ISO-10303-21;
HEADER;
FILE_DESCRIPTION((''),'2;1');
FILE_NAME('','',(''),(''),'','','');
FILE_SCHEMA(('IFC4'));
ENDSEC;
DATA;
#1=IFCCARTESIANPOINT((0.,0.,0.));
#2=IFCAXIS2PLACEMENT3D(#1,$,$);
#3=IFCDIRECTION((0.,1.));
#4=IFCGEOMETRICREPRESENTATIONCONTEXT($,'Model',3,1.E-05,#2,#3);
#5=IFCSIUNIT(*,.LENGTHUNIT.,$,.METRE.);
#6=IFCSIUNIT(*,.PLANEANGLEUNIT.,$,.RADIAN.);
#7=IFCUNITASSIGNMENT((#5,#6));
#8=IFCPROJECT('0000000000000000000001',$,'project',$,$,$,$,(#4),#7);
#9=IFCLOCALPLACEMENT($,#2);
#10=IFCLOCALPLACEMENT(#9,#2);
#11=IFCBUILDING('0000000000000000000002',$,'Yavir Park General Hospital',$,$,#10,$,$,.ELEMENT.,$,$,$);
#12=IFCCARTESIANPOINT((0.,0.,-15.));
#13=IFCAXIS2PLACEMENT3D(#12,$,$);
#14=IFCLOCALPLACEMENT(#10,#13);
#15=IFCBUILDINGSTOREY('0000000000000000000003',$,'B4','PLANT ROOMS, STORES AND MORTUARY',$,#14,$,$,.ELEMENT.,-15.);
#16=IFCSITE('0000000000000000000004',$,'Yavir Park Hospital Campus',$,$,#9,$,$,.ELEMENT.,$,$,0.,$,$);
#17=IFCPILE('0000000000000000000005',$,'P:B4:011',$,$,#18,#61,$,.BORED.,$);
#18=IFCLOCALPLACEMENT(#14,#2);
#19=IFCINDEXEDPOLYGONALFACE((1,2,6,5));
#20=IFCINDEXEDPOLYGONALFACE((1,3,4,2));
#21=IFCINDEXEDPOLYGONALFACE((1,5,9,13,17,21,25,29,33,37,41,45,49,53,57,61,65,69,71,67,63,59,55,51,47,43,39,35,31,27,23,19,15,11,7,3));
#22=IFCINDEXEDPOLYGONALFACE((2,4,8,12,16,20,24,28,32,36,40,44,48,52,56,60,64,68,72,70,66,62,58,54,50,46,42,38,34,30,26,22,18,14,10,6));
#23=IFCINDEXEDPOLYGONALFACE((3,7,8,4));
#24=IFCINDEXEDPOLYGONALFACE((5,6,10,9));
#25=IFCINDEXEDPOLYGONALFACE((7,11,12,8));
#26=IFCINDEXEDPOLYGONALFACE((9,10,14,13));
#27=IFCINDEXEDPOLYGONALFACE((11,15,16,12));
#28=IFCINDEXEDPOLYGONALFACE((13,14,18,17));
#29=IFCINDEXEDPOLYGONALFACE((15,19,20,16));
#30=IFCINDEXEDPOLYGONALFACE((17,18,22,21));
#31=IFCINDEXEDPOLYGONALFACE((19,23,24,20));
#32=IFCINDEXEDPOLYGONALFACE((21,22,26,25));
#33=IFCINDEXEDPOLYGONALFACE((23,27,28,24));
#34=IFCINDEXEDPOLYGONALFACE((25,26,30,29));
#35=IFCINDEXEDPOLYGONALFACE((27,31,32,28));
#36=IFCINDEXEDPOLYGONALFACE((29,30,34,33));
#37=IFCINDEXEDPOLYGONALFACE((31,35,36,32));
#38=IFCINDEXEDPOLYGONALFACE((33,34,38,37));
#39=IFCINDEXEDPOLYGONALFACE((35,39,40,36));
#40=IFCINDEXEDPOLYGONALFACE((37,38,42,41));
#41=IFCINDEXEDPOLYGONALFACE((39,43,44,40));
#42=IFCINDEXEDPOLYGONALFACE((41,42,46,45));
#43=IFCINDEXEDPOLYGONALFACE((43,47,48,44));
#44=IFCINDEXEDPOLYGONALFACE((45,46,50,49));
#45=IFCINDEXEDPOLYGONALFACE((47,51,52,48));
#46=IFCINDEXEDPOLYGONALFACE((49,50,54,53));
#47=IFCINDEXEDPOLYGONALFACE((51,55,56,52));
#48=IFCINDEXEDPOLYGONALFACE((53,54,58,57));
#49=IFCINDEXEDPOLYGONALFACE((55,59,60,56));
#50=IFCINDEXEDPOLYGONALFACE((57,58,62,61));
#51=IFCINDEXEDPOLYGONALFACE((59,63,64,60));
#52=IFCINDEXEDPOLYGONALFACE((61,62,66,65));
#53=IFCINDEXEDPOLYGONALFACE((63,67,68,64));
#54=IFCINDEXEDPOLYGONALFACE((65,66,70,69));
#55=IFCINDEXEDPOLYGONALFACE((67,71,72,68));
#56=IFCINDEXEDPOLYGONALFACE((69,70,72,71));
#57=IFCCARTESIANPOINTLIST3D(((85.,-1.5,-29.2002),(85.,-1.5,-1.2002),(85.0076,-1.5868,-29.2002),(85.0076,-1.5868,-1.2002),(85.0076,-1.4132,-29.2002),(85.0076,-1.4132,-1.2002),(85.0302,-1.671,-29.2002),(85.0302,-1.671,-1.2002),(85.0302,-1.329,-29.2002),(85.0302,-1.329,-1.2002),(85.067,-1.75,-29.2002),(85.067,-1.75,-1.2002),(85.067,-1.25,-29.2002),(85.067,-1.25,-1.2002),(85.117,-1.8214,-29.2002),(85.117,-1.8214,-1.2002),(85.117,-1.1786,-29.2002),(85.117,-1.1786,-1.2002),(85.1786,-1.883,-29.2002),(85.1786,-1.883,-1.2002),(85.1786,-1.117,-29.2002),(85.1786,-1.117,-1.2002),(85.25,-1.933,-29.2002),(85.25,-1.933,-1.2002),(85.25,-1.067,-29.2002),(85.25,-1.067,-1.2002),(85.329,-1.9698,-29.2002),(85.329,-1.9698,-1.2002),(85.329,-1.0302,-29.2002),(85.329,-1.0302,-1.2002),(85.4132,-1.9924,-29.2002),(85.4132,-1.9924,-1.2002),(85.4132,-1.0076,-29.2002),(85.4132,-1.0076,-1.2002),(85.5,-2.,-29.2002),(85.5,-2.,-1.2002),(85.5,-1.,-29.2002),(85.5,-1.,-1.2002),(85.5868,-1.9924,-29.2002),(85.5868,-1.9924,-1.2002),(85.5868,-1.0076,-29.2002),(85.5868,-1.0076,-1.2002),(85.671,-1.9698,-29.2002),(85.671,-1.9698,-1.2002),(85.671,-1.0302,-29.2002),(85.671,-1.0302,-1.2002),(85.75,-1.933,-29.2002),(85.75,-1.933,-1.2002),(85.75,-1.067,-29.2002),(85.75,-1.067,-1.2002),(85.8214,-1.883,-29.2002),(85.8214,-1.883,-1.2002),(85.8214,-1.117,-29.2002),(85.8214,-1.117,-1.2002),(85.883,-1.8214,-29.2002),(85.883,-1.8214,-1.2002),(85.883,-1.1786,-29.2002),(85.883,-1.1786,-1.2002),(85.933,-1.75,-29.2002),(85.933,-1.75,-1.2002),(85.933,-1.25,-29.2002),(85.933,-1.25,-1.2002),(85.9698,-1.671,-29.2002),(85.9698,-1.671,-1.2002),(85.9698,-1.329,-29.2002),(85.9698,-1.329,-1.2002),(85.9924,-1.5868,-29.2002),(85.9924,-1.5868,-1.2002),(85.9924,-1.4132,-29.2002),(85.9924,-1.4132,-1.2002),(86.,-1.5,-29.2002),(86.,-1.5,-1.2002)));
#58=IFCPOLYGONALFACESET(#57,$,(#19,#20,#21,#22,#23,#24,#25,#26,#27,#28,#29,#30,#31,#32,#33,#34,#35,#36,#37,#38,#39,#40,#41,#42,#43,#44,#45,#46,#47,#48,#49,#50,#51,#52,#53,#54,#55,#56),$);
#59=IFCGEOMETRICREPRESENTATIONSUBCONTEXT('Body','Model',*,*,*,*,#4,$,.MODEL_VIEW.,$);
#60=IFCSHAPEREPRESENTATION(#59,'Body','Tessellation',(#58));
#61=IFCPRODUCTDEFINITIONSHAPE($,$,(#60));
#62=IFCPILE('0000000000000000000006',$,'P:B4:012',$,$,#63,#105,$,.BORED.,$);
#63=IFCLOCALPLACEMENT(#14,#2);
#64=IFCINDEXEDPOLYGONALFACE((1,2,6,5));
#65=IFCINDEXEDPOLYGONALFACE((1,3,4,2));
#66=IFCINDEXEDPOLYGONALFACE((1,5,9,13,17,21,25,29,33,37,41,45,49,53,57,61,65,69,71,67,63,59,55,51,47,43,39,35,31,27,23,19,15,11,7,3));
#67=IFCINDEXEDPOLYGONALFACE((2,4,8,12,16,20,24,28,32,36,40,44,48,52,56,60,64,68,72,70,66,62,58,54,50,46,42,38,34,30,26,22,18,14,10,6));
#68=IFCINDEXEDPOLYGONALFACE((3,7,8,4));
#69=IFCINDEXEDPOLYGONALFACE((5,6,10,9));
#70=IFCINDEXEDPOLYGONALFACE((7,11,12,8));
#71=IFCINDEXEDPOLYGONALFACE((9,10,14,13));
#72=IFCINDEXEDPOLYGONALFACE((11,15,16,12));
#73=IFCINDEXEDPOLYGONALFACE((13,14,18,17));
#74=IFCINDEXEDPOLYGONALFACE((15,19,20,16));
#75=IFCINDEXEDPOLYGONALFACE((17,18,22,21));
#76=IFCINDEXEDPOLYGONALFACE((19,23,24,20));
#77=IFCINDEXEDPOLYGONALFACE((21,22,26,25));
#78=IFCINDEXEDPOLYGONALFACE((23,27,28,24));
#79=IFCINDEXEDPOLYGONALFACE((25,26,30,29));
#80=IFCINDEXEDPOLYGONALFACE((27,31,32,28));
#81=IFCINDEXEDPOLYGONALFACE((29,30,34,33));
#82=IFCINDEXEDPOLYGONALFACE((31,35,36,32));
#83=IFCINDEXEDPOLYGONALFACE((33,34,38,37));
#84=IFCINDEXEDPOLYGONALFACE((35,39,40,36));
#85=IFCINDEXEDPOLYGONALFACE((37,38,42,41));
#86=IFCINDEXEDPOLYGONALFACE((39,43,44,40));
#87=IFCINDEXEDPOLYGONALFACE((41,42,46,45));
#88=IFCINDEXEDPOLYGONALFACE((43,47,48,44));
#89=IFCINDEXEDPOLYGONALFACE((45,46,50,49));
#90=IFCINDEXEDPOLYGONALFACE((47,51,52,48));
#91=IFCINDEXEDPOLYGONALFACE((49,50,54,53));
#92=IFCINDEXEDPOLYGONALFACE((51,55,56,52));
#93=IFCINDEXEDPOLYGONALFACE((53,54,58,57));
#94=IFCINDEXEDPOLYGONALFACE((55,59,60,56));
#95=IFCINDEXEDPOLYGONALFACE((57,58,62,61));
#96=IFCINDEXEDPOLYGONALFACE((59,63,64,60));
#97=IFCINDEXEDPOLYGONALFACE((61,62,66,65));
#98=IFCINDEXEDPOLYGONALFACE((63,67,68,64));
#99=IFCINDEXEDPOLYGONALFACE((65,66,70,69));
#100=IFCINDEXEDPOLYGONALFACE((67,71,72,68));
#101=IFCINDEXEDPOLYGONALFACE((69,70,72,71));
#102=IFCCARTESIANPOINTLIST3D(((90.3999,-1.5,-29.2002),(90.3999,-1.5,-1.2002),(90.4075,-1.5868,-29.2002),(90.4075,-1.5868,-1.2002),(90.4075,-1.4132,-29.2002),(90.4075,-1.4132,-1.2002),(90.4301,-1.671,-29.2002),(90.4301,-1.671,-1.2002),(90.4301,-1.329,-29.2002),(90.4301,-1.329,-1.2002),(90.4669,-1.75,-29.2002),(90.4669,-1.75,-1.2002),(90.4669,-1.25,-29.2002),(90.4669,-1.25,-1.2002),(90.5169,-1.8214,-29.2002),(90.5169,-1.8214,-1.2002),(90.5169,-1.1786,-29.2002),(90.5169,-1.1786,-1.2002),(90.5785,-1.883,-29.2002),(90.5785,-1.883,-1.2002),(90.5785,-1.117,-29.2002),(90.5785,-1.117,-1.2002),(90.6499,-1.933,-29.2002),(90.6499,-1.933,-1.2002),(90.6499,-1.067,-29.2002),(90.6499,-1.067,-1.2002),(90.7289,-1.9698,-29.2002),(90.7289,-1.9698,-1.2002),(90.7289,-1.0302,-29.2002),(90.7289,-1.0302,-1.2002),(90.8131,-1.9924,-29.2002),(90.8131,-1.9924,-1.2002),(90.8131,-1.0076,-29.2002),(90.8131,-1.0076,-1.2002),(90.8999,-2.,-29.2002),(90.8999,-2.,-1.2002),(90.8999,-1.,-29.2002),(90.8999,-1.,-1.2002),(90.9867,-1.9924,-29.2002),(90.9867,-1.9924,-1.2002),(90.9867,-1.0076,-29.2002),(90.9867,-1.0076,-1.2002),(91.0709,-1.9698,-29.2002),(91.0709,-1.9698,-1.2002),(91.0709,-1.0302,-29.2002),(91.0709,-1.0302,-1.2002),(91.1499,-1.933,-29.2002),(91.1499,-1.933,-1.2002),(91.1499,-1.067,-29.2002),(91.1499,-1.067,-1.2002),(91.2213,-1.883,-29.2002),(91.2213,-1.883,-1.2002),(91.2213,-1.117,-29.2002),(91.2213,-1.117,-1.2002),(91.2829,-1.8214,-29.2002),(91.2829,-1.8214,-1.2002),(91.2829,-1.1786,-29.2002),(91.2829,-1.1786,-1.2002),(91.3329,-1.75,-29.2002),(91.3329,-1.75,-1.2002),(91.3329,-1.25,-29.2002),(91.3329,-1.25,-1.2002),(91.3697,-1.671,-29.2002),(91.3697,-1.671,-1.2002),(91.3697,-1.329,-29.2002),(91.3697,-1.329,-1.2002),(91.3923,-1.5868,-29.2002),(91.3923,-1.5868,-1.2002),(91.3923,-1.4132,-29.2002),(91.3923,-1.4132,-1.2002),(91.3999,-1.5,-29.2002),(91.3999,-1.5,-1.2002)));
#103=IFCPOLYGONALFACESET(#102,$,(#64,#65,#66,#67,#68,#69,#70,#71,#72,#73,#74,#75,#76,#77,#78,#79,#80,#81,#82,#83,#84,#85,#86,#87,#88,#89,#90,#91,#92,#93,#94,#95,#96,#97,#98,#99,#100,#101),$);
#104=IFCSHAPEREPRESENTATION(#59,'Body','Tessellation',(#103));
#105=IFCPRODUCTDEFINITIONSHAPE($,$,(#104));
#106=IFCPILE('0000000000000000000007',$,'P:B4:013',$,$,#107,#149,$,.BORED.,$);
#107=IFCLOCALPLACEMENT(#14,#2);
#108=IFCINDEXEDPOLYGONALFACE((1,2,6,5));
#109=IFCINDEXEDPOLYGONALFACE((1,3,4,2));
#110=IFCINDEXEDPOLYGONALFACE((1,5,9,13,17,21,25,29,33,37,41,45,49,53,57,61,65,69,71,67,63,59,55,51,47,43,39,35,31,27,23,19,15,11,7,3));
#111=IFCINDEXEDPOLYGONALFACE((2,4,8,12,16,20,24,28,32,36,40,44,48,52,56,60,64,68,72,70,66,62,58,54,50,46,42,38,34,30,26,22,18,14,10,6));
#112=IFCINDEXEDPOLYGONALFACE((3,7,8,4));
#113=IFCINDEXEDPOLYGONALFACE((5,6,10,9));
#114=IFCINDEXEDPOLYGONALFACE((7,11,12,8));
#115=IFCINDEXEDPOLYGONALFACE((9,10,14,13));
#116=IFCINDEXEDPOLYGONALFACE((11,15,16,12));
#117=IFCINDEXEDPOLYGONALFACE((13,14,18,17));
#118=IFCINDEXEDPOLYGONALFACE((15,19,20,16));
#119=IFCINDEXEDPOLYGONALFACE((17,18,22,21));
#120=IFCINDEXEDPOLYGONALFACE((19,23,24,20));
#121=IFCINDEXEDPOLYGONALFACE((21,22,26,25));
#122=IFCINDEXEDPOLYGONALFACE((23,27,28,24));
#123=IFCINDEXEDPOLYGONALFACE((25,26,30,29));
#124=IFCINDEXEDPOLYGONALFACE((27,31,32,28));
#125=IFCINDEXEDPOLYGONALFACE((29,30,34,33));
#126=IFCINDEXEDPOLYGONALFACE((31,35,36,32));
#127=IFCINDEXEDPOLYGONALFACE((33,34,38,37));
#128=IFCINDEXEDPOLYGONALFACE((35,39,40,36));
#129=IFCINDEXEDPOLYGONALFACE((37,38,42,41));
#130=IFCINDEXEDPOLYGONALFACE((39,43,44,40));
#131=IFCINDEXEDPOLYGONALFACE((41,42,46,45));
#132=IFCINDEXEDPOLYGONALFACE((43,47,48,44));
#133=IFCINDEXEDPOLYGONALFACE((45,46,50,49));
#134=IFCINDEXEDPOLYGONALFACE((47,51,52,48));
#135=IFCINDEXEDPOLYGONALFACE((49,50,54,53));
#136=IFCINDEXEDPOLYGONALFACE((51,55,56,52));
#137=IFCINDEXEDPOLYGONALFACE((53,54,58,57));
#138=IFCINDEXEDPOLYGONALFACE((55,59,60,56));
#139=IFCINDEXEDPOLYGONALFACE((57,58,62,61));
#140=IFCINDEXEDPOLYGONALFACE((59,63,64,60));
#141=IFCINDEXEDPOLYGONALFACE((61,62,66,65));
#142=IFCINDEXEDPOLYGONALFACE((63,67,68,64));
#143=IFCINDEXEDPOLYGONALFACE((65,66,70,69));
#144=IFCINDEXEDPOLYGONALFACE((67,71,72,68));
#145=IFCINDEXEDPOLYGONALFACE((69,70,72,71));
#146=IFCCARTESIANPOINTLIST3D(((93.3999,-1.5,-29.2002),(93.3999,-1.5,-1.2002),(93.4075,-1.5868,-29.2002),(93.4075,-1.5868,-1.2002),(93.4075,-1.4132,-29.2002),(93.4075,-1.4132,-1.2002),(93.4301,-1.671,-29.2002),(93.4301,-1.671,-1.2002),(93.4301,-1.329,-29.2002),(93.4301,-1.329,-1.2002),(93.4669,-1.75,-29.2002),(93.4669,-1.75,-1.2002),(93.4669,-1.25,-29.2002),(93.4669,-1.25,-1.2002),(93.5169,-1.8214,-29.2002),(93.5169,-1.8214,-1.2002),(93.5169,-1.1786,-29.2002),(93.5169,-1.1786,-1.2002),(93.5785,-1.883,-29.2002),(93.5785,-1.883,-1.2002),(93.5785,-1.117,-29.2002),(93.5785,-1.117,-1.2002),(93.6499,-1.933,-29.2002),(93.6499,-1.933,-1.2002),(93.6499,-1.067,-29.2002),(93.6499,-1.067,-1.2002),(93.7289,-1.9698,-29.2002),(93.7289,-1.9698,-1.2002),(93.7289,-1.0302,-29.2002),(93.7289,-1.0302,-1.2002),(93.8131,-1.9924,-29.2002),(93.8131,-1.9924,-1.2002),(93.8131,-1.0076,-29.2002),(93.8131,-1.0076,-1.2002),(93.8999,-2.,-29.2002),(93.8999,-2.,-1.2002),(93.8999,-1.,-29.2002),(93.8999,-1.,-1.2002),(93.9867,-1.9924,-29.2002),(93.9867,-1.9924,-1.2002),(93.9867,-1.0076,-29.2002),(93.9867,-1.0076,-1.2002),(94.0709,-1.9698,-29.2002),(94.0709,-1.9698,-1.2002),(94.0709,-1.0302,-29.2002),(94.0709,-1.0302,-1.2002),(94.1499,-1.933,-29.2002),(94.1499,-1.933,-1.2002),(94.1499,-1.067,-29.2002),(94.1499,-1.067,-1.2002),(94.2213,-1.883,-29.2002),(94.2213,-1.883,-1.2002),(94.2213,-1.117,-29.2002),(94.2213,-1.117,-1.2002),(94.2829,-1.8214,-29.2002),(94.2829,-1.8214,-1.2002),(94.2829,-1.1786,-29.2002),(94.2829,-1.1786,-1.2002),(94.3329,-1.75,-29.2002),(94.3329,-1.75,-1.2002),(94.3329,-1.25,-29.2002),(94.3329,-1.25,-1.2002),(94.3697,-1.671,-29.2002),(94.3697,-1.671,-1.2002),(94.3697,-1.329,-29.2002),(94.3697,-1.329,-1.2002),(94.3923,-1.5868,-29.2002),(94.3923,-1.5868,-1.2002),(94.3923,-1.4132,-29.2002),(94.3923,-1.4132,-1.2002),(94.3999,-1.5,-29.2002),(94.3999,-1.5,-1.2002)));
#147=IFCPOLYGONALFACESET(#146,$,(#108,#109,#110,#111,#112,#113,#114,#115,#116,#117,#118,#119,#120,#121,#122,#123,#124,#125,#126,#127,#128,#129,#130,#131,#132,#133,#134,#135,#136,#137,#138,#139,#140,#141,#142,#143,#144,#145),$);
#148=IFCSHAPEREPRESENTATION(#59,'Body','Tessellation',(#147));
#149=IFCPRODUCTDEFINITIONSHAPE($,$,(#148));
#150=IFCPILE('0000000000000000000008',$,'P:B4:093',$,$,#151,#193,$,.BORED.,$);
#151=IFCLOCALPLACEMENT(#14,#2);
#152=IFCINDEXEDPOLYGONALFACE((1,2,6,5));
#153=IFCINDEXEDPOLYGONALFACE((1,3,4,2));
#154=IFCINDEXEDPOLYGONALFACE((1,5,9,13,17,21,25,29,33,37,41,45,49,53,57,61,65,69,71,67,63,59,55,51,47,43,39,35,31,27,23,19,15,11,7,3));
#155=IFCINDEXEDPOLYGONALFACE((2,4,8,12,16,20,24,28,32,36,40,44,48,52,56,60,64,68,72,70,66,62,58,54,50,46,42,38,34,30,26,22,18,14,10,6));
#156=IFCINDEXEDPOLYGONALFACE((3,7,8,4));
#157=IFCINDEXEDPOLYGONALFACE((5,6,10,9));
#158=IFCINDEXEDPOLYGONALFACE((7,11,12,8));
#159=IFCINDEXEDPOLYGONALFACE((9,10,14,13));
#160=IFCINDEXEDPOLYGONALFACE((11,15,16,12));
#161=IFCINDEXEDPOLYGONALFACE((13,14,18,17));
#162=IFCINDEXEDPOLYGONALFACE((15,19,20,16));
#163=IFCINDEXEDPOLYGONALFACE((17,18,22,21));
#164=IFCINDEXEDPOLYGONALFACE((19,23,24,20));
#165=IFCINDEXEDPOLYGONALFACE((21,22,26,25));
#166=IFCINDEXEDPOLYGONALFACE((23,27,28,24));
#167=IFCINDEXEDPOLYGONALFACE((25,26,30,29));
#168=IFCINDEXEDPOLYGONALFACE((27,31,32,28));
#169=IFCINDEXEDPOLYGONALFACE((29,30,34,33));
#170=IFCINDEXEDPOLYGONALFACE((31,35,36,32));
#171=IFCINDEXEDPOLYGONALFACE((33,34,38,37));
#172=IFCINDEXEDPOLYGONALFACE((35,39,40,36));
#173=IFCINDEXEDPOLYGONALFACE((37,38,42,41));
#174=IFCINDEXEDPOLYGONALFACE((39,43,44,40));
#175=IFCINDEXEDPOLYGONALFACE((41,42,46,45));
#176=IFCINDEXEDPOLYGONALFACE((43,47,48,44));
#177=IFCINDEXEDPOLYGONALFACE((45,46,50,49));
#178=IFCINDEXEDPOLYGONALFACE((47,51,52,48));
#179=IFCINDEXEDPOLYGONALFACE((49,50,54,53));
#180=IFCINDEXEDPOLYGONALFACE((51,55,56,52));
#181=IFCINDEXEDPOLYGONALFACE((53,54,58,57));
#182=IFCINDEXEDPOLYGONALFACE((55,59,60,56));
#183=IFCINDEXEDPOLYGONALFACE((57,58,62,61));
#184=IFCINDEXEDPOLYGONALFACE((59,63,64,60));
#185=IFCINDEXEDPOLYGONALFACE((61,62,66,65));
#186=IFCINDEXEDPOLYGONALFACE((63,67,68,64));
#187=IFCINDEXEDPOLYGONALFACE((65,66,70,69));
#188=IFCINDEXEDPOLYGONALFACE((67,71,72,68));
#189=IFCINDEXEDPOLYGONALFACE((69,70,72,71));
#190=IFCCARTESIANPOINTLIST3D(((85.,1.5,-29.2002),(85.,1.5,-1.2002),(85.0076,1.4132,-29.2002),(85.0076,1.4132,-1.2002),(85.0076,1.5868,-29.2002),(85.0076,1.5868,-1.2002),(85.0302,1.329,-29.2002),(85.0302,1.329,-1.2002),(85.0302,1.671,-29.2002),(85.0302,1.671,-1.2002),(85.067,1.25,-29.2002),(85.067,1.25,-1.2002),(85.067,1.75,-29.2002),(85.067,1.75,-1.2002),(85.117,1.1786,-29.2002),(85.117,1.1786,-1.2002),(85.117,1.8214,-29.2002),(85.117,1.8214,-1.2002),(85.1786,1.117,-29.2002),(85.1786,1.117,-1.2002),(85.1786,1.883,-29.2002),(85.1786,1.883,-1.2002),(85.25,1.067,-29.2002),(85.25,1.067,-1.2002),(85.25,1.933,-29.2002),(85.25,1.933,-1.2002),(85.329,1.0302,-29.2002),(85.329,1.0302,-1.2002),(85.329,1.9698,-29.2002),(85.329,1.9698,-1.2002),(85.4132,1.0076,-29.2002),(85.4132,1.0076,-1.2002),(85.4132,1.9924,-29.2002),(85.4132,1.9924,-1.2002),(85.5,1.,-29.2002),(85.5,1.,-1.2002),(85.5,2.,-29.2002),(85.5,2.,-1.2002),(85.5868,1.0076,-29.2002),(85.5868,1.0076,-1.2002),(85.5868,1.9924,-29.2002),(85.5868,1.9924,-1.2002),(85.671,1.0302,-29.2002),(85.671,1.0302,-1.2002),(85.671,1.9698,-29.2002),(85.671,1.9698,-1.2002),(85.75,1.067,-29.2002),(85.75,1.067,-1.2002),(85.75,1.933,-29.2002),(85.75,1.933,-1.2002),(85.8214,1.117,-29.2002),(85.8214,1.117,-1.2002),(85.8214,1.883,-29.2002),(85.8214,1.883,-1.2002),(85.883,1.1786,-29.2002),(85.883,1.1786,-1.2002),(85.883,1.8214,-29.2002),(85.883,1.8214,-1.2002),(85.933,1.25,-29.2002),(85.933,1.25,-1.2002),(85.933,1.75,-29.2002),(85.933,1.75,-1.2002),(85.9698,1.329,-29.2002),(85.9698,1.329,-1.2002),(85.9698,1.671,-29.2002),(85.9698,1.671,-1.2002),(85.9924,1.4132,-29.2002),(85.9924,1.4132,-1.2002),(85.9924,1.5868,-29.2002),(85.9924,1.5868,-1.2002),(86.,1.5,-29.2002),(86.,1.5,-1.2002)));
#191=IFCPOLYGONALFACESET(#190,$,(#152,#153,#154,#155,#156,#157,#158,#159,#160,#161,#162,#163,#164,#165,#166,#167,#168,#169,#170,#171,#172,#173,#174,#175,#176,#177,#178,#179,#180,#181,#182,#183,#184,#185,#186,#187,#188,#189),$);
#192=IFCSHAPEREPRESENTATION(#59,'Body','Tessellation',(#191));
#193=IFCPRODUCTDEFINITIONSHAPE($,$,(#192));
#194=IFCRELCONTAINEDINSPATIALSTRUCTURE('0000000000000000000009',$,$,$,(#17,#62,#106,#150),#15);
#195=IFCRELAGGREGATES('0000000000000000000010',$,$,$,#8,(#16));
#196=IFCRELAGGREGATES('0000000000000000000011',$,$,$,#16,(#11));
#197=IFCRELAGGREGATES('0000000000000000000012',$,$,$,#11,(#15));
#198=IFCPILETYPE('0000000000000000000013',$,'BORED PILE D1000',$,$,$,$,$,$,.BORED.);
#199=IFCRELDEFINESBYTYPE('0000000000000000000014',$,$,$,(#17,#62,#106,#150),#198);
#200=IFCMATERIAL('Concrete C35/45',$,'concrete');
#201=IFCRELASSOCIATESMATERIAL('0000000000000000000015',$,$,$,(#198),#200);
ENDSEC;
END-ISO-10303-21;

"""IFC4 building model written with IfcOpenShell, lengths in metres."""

from ifc_helpers import new_model, si_unit, direction, frame, origin, origin_2d, place, context, subcontext, project, spatial, circle, extrude, material, material_profile, profile_set, type_object, element, save


model = new_model("IFC4")

# Units and contexts
model_context = context("Model", 3, precision=1e-05, world=origin(), true_north=direction((0.0, 1.0)))
body_context = subcontext(model_context, "Body", "Model", "MODEL_VIEW")
ifc_project = project(units=[si_unit("LENGTHUNIT", "METRE"), si_unit("PLANEANGLEUNIT", "RADIAN")], contexts=[model_context])

# Site, building, storey
site_placement = place(None, origin())
site = spatial("IfcSite", under=ifc_project, at=site_placement, Name="Yavir Park Hospital Campus", CompositionType="ELEMENT", RefElevation=0.0)
building_placement = place(site_placement, origin())
building = spatial("IfcBuilding", under=site, at=building_placement, Name="Yavir Park General Hospital", CompositionType="ELEMENT")
storey_placement = place(building_placement, frame((0.0, 0.0, -15.0)))
storey = spatial("IfcBuildingStorey", under=building, at=storey_placement, Name="B4", Description="PLANT ROOMS, STORES AND MORTUARY", CompositionType="ELEMENT", Elevation=-15.0)

# Piles
ifc_material_1 = material(Name="Concrete C35/45", Category="concrete")
ifc_material_profile_1 = material_profile(ifc_material_1, circle(Radius=0.5, at=origin_2d()), Name="D1000")
ifc_profile_set_1 = profile_set([ifc_material_profile_1], Name="Concrete C35/45")
pile_type_1 = type_object("IfcPileType", Name="BORED PILE D1000", PredefinedType="BORED", material=ifc_profile_set_1)
for number, where, z_axis, x_axis, name in (
    (1, (85.5, -1.5, -1.2002), (0.0, 0.0, -1.0), (1.0, 0.0, 0.0), "P:B4:011"),
    (2, (90.8999, -1.5, -1.2002), (0.0, 0.0, -1.0), (1.0, 0.0, 0.0), "P:B4:012"),
    (3, (93.8999, -1.5, -1.2002), (0.0, 0.0, -1.0), (1.0, 0.0, 0.0), "P:B4:013"),
    (4, (85.5, 1.5, -1.2002), (0.0, 0.0, -1.0), (1.0, 0.0, 0.0), "P:B4:093"),
):
    element("IfcPile", number, at=place(storey_placement, frame(where, z_axis=z_axis, x_axis=x_axis)), inside=storey, type_object=pile_type_1, Name=name, PredefinedType="BORED", context=body_context, shape_type="SweptSolid", body=[
        extrude(circle(Radius=0.5, at=origin_2d()), origin(), (0.0, 0.0, 1.0), 28.0),
    ])

save(model, "model.ifc")
